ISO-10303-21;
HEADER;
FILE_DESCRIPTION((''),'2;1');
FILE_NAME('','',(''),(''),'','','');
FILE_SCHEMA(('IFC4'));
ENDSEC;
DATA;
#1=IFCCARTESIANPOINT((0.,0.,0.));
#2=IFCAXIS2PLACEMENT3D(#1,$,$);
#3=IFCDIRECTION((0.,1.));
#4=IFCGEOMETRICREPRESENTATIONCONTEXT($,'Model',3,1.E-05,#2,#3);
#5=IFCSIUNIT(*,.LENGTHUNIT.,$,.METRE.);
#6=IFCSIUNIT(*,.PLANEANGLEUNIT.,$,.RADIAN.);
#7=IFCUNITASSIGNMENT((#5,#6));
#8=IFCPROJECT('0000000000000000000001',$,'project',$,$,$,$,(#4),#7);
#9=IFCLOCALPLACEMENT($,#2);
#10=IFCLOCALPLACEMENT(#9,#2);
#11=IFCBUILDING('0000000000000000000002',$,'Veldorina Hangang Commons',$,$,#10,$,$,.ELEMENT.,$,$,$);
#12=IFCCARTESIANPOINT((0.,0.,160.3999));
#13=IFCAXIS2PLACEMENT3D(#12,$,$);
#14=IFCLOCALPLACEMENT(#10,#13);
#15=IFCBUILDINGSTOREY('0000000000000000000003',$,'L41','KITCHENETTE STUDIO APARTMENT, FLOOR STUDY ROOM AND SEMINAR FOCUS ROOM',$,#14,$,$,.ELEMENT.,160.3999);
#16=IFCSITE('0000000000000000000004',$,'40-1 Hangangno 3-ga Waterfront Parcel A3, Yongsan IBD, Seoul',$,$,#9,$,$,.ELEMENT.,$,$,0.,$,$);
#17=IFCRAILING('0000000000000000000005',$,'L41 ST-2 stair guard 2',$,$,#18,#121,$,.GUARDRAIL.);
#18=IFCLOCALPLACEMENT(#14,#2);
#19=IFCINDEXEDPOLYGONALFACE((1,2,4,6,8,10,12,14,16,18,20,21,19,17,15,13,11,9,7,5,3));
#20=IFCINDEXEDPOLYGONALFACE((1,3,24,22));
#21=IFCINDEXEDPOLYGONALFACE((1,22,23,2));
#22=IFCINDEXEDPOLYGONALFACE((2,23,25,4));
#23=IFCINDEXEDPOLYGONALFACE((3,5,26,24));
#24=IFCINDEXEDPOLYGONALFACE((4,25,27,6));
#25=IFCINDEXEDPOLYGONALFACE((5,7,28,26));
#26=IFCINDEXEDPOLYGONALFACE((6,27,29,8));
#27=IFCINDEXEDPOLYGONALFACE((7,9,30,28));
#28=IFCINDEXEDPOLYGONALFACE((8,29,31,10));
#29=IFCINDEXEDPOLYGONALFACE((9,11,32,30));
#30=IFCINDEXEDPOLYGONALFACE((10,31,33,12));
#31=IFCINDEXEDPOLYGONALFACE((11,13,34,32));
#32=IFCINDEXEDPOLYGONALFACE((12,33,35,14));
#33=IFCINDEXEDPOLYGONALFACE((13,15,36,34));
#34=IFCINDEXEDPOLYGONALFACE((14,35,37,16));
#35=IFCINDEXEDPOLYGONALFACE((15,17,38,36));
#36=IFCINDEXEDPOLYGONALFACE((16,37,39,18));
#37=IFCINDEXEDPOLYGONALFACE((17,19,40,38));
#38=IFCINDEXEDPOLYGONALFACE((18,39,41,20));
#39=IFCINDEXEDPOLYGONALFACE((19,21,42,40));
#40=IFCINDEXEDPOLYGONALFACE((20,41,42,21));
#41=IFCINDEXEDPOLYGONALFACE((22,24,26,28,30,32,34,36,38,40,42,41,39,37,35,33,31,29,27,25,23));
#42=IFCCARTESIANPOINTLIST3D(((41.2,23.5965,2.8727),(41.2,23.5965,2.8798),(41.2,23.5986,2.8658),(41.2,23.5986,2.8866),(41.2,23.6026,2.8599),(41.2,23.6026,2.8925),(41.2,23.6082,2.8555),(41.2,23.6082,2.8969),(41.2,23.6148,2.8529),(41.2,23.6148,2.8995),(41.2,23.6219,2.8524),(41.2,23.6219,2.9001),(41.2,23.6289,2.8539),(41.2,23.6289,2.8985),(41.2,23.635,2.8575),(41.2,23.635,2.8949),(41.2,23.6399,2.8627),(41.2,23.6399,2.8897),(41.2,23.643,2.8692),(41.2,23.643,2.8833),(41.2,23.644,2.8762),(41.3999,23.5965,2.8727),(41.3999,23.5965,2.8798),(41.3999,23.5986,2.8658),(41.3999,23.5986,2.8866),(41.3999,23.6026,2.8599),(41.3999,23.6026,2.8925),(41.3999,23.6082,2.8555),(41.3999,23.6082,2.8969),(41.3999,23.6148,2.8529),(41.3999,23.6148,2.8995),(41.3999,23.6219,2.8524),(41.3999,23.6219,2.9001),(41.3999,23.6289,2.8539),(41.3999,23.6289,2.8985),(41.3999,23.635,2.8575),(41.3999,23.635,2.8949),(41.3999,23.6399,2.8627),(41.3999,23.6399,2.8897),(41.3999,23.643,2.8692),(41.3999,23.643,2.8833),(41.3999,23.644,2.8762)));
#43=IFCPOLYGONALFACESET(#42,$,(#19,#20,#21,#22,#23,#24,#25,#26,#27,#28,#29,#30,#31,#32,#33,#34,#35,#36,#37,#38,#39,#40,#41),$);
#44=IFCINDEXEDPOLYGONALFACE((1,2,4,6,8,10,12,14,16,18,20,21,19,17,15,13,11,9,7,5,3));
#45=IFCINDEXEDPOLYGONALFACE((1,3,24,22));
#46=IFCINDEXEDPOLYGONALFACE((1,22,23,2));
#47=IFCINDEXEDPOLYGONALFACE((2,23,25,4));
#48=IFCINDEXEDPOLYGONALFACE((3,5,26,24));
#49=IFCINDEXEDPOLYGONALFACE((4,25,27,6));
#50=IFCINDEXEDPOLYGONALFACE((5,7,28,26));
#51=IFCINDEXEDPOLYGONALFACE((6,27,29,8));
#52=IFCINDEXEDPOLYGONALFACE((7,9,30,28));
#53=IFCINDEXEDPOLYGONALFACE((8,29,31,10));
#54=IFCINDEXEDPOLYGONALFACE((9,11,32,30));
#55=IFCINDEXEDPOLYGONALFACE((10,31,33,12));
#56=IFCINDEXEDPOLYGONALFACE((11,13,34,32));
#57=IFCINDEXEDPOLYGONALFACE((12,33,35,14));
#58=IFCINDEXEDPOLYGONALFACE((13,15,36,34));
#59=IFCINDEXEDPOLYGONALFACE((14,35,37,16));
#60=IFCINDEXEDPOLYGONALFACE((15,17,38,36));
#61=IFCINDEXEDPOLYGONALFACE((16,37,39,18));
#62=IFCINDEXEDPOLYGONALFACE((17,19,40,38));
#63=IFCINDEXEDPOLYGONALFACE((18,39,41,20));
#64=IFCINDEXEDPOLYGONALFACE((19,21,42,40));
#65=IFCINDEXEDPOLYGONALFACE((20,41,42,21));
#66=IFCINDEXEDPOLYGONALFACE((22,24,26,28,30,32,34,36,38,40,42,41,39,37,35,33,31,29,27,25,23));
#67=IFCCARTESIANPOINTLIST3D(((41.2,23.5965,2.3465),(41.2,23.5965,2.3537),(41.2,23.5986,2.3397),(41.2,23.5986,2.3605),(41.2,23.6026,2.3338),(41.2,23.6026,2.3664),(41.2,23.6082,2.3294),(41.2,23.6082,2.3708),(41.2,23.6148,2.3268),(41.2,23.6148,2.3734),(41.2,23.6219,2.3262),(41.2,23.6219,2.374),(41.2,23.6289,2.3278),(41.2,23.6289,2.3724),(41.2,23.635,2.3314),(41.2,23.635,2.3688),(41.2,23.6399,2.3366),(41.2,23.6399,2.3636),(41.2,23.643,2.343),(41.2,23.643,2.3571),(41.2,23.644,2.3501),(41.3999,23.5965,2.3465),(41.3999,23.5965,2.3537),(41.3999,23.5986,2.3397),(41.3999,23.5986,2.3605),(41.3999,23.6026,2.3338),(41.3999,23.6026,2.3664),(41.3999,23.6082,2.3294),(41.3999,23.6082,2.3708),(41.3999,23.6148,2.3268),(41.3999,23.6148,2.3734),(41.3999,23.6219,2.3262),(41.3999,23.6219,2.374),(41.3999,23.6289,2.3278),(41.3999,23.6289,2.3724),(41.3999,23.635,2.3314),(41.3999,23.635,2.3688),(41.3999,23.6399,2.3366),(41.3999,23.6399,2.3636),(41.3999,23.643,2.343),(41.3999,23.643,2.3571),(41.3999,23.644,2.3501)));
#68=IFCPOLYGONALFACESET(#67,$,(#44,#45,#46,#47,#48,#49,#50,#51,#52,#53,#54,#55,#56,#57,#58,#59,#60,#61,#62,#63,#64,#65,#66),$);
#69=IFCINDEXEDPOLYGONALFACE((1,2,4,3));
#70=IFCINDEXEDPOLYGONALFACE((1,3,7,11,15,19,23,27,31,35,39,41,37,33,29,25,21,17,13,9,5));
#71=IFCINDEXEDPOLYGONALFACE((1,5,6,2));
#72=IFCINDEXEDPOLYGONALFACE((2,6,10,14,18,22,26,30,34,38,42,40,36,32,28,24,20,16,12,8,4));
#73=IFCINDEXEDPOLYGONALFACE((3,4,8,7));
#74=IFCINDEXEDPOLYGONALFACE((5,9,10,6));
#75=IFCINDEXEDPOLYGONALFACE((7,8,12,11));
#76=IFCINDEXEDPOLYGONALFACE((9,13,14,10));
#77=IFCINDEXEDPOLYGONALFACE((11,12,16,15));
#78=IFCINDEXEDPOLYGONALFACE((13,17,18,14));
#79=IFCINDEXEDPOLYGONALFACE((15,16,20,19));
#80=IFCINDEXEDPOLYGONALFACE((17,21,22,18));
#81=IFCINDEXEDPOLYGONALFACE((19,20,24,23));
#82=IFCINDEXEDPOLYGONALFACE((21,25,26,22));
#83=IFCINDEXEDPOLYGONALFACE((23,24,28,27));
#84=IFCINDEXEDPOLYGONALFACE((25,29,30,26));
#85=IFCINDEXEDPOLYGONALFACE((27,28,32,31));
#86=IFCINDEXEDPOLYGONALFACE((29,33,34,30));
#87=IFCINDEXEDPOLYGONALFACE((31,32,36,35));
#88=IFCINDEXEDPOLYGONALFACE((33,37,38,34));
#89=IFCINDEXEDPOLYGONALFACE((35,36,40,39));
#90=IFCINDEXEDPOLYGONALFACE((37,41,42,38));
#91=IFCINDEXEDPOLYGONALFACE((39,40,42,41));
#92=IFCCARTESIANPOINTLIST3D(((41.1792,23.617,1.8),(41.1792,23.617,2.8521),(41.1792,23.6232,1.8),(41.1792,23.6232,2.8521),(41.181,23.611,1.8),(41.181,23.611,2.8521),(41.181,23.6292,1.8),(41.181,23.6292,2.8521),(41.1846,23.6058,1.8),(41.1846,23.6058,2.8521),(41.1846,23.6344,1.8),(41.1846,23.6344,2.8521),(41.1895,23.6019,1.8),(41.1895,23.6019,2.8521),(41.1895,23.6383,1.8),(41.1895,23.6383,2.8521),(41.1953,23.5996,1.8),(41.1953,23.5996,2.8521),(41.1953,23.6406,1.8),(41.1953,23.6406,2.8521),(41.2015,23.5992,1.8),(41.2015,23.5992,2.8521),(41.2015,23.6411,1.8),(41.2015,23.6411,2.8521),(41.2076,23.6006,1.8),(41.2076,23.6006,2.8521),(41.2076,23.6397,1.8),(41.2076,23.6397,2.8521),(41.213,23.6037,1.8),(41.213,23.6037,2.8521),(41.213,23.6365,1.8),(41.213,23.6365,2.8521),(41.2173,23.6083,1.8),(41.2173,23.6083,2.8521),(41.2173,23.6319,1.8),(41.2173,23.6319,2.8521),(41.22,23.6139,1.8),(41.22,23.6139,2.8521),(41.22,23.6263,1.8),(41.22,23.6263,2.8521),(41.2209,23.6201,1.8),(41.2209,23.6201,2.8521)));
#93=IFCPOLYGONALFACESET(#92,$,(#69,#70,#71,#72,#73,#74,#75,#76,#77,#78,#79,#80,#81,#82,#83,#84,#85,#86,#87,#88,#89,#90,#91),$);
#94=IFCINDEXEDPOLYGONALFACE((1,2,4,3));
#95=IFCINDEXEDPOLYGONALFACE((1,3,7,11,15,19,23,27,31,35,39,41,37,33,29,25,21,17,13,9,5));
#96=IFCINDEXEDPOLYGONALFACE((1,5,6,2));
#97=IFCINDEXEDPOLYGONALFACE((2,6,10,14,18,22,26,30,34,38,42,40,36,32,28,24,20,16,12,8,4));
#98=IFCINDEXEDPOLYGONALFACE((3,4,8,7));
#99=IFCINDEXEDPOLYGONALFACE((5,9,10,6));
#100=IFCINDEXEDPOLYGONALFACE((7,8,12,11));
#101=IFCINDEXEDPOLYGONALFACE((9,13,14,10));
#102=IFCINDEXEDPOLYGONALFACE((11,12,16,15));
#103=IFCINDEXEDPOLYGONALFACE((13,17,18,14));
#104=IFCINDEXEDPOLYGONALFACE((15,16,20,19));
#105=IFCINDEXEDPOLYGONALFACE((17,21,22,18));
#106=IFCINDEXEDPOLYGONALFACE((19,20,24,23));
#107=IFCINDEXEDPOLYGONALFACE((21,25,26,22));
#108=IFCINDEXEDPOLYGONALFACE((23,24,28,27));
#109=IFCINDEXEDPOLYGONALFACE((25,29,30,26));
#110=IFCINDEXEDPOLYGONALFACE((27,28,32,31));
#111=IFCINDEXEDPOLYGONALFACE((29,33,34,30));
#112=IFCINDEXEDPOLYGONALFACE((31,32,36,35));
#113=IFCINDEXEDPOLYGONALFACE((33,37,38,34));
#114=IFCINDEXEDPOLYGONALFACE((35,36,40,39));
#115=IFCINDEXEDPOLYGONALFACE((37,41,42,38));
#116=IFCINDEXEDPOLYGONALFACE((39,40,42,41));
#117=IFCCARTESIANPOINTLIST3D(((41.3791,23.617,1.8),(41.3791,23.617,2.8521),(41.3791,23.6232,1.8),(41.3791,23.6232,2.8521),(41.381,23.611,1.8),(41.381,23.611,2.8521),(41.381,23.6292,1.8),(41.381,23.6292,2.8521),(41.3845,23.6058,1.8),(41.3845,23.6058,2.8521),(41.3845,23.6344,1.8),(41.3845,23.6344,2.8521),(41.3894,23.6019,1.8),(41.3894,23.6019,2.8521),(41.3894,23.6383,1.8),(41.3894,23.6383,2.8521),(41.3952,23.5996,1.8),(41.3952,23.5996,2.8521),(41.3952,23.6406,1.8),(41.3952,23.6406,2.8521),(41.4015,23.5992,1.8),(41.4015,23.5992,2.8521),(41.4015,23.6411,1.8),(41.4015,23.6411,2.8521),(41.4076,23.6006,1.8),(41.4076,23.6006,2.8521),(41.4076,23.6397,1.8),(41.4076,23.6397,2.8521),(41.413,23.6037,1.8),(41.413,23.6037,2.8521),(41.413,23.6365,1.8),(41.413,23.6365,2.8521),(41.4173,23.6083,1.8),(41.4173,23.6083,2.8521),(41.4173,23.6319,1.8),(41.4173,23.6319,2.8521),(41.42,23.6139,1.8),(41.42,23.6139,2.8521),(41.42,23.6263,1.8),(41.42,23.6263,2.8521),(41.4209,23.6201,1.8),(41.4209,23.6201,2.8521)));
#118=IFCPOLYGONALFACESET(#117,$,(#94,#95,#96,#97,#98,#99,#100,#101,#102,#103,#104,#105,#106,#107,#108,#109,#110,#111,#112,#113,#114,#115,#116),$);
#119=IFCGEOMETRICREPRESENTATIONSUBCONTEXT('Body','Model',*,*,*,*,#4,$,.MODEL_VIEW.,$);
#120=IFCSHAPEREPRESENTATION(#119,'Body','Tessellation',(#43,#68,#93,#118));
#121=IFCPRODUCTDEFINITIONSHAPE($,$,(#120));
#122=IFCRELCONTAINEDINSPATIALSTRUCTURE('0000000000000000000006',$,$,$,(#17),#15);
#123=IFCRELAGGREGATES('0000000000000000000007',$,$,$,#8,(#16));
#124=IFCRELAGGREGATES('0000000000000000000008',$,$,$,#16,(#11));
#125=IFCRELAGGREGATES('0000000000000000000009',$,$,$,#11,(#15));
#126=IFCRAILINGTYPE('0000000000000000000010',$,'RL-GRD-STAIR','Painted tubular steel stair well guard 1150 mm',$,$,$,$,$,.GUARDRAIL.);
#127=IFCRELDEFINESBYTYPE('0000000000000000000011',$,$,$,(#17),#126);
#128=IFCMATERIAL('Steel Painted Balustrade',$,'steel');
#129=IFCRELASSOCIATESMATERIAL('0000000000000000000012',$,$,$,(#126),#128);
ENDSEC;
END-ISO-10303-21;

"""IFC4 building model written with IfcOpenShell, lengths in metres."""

from ifc_helpers import new_model, si_unit, direction, frame, origin, origin_2d, place, context, subcontext, project, spatial, circle, extrude, material, type_object, element, save


model = new_model("IFC4")

# Units and contexts
model_context = context("Model", 3, precision=1e-05, world=origin(), true_north=direction((0.0, 1.0)))
body_context = subcontext(model_context, "Body", "Model", "MODEL_VIEW")
ifc_project = project(units=[si_unit("LENGTHUNIT", "METRE"), si_unit("PLANEANGLEUNIT", "RADIAN")], contexts=[model_context])

# Site, building, storey
site_placement = place(None, origin())
site = spatial("IfcSite", under=ifc_project, at=site_placement, Name="40-1 Hangangno 3-ga Waterfront Parcel A3, Yongsan IBD, Seoul", CompositionType="ELEMENT", RefElevation=0.0)
building_placement = place(site_placement, origin())
building = spatial("IfcBuilding", under=site, at=building_placement, Name="Veldorina Hangang Commons", CompositionType="ELEMENT")
storey_placement = place(building_placement, frame((0.0, 0.0, 160.3999)))
storey = spatial("IfcBuildingStorey", under=building, at=storey_placement, Name="L41", Description="KITCHENETTE STUDIO APARTMENT, FLOOR STUDY ROOM AND SEMINAR FOCUS ROOM", CompositionType="ELEMENT", Elevation=160.3999)

# Railing
ifc_material_1 = material(Name="Steel Painted Balustrade", Category="steel")
railing_type_1 = type_object("IfcRailingType", Name="RL-GRD-STAIR", Description="Painted tubular steel stair well guard 1150 mm", PredefinedType="GUARDRAIL", material=ifc_material_1)
railing_1_placement = place(storey_placement, frame((41.2, 23.6201, 1.8)))
element("IfcRailing", 1, at=railing_1_placement, inside=storey, type_object=railing_type_1, Name="L41 ST-2 stair guard 2", PredefinedType="GUARDRAIL", context=body_context, shape_type="SweptSolid", body=[
    extrude(circle(Radius=0.0239, at=origin_2d()), frame((0.0, 0.0, 1.0762), z_axis=(1.0, 0.0, 0.0), x_axis=(0.0, 1.0, 0.0)), (0.0, 0.0, 1.0), 0.2),
    extrude(circle(Radius=0.0239, at=origin_2d()), frame((0.0, 0.0, 0.55), z_axis=(1.0, 0.0, 0.0), x_axis=(0.0, 1.0, 0.0)), (0.0, 0.0, 1.0), 0.2),
    extrude(circle(Radius=0.021, at=origin_2d()), origin(), (0.0, 0.0, 1.0), 1.052),
    extrude(circle(Radius=0.021, at=origin_2d()), frame((0.2, 0.0, 0.0)), (0.0, 0.0, 1.0), 1.052),
])

save(model, "model.ifc")
